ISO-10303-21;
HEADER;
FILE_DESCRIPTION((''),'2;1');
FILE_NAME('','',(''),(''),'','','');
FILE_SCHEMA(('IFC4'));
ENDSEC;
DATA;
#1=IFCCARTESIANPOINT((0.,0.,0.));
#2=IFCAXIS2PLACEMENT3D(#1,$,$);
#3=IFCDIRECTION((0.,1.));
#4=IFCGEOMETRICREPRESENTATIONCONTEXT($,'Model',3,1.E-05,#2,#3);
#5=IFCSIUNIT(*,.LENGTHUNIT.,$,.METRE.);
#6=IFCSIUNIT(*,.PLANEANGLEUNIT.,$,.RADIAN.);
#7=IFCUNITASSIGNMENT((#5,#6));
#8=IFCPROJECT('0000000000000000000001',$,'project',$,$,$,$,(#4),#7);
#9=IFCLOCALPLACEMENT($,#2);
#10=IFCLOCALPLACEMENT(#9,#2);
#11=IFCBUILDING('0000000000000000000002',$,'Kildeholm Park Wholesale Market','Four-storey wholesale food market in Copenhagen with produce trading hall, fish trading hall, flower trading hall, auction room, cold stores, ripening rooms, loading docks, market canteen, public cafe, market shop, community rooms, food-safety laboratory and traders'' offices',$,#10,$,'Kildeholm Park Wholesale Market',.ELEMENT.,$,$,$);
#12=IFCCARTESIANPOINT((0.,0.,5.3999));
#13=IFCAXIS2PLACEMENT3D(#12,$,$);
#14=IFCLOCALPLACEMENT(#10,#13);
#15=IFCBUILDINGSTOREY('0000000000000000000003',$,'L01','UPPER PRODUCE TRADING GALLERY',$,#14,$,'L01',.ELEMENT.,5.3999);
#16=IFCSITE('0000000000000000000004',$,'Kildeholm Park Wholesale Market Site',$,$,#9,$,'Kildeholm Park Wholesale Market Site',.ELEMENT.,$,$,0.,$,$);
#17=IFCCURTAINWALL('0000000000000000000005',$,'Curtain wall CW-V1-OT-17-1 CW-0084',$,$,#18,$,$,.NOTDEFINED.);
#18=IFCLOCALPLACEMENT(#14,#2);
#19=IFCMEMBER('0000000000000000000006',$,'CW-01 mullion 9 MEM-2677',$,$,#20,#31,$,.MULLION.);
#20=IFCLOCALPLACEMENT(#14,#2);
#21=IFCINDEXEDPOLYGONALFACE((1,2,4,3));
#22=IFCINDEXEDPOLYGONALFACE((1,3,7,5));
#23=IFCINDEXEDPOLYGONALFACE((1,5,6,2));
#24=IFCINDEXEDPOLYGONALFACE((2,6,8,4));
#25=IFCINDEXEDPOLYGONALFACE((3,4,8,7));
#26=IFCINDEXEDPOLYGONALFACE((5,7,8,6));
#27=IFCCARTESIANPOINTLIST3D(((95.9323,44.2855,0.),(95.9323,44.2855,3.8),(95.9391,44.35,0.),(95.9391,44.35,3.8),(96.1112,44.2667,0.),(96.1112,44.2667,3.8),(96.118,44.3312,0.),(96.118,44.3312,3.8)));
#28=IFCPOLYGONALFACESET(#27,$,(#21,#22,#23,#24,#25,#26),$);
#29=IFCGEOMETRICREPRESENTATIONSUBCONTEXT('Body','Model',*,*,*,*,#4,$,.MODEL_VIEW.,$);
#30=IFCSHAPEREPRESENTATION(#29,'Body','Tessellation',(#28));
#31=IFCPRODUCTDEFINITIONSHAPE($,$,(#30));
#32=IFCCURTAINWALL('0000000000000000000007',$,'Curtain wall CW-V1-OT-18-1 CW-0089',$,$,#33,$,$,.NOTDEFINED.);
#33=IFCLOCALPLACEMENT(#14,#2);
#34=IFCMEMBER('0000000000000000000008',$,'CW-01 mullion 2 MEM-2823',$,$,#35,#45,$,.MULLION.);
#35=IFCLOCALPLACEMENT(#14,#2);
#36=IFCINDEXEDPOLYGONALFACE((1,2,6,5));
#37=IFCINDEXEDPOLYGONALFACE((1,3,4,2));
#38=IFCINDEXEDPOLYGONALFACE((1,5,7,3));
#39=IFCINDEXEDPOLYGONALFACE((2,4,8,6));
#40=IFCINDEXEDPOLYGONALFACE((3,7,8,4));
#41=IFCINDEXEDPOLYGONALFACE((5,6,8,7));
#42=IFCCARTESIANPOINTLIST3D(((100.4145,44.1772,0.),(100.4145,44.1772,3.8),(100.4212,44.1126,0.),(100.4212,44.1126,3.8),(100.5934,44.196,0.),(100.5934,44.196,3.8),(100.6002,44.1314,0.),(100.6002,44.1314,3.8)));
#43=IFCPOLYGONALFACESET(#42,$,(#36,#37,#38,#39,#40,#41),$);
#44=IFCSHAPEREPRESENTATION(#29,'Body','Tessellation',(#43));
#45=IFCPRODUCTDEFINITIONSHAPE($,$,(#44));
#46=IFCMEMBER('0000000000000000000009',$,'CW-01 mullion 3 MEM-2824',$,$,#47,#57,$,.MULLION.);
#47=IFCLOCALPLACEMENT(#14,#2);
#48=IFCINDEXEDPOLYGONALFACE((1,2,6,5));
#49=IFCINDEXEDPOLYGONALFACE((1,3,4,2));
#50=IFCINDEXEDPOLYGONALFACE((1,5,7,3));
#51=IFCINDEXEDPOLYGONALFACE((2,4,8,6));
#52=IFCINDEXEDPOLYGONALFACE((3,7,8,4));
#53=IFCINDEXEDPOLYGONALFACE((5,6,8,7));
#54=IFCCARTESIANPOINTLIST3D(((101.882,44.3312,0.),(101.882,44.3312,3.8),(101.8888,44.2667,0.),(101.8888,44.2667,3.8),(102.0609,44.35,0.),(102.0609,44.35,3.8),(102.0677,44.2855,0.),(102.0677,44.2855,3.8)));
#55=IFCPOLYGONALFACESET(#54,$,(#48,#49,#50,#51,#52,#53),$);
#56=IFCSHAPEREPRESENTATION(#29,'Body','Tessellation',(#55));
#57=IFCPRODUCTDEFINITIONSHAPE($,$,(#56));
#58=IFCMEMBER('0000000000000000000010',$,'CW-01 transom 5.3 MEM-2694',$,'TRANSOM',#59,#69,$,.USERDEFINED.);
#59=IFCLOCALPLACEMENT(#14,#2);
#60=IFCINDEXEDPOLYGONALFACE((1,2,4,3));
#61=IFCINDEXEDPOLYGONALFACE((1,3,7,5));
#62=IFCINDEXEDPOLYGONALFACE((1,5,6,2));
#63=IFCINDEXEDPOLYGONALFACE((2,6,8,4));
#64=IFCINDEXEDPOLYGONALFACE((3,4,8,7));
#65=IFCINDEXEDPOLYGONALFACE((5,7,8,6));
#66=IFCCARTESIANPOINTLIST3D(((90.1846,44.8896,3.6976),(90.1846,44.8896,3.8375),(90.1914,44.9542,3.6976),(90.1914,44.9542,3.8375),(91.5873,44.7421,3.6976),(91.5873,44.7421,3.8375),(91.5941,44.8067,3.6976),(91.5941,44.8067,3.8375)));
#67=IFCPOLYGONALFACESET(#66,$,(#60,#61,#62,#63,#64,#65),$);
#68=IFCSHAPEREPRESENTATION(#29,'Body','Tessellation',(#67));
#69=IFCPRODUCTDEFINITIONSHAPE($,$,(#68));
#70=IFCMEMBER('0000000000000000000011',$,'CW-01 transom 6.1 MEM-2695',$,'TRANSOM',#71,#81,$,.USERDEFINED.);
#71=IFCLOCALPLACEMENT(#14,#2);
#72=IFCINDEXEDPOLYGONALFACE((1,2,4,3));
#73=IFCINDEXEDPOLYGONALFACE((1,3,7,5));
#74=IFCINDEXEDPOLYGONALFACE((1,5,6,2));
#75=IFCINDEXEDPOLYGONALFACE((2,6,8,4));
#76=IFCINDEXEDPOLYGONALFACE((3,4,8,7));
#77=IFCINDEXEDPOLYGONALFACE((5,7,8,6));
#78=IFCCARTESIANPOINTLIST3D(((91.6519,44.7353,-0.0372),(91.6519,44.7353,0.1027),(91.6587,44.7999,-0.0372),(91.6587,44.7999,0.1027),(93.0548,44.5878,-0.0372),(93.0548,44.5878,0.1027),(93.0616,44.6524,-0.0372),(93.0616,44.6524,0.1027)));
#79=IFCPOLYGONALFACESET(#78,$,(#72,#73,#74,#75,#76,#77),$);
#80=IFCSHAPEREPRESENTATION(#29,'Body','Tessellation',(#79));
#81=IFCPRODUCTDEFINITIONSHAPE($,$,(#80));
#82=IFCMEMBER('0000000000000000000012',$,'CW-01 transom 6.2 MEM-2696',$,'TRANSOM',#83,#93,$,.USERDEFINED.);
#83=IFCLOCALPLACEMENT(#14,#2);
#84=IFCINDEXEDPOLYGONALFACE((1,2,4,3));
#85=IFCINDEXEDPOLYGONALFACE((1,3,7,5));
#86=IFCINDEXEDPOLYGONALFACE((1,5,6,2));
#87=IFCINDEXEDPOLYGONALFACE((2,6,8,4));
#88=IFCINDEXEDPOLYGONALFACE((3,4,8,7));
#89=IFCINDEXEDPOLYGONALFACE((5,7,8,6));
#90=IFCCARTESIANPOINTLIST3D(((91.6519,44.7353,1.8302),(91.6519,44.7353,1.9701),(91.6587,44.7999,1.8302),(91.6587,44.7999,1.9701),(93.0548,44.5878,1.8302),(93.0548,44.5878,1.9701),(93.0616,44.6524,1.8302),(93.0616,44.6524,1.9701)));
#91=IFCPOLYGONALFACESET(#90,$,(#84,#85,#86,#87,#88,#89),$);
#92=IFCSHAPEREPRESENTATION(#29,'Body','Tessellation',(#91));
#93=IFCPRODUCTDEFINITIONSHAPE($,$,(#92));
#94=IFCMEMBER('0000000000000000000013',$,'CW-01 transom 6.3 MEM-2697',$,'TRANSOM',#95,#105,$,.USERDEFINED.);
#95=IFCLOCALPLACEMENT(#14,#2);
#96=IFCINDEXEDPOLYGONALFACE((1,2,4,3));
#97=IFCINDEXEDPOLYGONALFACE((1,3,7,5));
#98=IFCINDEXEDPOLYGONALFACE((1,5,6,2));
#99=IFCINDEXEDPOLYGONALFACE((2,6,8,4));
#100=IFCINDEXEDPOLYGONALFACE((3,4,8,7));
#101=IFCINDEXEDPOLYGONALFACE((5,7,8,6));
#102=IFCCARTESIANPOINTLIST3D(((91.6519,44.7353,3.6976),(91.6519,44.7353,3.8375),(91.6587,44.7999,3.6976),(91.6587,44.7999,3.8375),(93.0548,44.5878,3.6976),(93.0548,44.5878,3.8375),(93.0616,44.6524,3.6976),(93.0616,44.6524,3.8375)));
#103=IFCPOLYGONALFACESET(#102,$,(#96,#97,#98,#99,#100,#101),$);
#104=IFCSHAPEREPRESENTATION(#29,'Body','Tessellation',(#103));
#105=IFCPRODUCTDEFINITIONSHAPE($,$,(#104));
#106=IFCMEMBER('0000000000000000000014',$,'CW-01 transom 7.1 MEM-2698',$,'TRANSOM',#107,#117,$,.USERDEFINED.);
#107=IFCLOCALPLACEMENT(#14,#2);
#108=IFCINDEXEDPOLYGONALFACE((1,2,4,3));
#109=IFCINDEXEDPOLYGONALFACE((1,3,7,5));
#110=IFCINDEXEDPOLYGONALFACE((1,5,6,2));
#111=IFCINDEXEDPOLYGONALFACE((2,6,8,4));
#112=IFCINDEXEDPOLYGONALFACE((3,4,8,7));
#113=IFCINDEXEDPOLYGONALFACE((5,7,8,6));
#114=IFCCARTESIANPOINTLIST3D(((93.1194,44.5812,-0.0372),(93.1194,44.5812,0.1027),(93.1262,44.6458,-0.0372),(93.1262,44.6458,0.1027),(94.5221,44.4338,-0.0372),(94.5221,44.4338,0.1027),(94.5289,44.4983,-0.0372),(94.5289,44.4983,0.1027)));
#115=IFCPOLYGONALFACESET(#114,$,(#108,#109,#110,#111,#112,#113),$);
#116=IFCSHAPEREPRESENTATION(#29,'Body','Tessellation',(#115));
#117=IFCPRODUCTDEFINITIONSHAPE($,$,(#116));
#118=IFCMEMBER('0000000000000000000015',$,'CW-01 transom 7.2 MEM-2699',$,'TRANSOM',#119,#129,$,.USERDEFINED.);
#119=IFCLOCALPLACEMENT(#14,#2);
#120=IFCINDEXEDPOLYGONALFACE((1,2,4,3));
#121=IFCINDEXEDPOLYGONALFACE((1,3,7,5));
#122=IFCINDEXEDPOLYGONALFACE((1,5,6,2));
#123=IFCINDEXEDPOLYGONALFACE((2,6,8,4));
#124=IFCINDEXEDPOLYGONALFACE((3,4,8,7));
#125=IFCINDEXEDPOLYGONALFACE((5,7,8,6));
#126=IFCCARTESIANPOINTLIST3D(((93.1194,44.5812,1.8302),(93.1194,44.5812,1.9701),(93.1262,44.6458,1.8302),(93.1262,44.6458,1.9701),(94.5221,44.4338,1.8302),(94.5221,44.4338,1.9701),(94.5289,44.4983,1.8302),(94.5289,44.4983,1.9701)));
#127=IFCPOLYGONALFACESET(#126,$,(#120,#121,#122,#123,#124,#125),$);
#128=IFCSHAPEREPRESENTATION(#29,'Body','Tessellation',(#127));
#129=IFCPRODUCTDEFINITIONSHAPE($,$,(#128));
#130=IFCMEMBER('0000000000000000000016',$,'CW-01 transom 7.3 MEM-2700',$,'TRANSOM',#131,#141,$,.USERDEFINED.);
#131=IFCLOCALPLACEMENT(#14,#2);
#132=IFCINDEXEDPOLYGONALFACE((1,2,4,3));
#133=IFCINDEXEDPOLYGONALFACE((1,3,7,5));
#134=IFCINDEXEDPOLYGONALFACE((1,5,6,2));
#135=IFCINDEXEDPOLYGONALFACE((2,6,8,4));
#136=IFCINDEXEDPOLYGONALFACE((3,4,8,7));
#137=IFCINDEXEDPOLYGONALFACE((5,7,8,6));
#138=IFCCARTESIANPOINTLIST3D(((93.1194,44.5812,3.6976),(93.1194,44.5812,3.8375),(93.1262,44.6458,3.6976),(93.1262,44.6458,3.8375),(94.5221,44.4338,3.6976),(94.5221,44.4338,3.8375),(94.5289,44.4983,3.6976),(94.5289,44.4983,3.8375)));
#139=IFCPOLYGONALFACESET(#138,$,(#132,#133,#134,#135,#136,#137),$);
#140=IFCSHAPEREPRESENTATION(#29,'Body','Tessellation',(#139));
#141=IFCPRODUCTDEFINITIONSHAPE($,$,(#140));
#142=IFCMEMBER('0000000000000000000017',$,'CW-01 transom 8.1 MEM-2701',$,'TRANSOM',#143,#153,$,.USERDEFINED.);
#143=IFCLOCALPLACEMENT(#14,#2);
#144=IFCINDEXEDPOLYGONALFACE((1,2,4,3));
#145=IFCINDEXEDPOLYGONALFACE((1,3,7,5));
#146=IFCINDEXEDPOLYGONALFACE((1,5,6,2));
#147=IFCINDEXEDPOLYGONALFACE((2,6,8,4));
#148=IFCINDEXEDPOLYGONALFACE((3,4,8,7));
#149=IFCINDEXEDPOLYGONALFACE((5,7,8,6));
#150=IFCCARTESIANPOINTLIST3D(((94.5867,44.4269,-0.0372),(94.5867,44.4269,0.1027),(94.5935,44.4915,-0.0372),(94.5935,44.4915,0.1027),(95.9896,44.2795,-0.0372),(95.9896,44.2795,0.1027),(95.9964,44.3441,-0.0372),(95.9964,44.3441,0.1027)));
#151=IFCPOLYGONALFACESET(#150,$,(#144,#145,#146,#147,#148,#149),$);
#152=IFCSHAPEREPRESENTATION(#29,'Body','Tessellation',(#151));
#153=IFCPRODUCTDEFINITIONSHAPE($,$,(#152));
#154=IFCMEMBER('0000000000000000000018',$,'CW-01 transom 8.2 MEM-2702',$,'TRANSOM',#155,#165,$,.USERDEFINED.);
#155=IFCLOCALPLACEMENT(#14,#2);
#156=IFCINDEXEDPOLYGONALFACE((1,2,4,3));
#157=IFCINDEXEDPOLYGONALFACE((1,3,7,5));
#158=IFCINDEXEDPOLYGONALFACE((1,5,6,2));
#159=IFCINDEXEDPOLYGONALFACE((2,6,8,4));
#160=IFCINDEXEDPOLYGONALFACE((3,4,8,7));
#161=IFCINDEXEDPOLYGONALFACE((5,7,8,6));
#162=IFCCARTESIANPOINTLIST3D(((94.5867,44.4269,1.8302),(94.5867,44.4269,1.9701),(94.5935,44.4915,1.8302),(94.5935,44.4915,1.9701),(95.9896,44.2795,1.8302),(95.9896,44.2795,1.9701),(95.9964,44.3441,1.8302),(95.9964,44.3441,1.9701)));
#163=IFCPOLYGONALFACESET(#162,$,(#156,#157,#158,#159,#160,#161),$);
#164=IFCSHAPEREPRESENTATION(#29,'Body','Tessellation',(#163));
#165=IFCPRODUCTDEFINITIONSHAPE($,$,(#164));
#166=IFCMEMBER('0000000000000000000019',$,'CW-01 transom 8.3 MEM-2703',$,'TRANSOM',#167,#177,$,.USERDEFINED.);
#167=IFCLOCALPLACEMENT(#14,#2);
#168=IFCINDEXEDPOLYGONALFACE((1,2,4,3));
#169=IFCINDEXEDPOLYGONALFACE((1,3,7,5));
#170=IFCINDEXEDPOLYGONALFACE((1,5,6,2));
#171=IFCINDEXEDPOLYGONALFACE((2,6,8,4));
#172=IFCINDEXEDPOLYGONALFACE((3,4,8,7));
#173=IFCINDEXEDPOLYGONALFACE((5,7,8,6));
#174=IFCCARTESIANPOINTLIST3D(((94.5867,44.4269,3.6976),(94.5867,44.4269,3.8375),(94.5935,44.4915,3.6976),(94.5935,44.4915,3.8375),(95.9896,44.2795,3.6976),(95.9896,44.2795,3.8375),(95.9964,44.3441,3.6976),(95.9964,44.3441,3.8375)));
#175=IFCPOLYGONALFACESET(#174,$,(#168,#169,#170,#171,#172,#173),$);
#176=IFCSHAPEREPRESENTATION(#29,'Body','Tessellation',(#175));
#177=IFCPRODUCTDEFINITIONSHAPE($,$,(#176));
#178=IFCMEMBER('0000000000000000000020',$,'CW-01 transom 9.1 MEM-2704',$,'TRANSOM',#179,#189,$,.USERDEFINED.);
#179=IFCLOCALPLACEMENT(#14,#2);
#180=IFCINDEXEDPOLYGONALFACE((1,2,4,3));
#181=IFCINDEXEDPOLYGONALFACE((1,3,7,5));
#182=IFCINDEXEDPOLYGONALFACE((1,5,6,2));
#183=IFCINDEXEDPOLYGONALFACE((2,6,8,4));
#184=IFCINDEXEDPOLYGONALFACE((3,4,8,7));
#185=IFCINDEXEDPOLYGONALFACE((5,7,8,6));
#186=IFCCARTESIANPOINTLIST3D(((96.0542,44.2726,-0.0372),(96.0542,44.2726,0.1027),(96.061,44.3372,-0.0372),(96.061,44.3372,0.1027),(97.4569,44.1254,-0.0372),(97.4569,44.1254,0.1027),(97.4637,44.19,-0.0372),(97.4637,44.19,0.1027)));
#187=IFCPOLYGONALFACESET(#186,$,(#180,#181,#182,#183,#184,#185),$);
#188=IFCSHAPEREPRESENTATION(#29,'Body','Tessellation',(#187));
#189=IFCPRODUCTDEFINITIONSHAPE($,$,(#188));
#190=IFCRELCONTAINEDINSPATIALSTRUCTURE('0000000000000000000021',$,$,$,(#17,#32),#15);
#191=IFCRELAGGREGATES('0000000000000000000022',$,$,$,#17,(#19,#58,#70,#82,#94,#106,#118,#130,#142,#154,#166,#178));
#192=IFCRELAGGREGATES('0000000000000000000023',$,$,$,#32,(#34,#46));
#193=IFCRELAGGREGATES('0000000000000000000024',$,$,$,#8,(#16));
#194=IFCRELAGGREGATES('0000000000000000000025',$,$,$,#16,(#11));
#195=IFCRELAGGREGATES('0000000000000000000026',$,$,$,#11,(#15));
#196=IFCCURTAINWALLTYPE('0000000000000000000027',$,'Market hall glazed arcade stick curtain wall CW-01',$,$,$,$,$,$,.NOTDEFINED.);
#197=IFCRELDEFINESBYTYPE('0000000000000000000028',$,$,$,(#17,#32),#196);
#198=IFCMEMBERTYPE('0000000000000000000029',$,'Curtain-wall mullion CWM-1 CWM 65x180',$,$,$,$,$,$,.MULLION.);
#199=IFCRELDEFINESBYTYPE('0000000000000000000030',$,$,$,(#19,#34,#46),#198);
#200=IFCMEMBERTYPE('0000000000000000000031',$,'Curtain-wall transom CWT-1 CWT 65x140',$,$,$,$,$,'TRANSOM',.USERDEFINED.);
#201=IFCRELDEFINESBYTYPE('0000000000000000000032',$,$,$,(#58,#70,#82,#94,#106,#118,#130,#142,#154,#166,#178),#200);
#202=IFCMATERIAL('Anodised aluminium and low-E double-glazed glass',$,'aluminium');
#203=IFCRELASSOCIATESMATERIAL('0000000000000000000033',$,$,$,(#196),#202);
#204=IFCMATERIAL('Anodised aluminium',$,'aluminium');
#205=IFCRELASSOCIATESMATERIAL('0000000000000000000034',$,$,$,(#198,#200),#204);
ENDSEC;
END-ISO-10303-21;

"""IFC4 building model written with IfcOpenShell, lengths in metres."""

from ifc_helpers import new_model, si_unit, direction, frame, origin, origin_2d, place, context, subcontext, project, spatial, rectangle, extrude, material, material_profile, profile_set, type_object, element, aggregate, save


model = new_model("IFC4")

# Units and contexts
model_context = context("Model", 3, precision=1e-05, world=origin(), true_north=direction((0.0, 1.0)))
body_context = subcontext(model_context, "Body", "Model", "MODEL_VIEW")
ifc_project = project(units=[si_unit("LENGTHUNIT", "METRE"), si_unit("PLANEANGLEUNIT", "RADIAN")], contexts=[model_context])

# Site, building, storey
site_placement = place(None, origin())
site = spatial("IfcSite", under=ifc_project, at=site_placement, Name="Kildeholm Park Wholesale Market Site", LongName="Kildeholm Park Wholesale Market Site", CompositionType="ELEMENT", RefElevation=0.0)
building_placement = place(site_placement, origin())
building = spatial("IfcBuilding", under=site, at=building_placement, Name="Kildeholm Park Wholesale Market", Description="Four-storey wholesale food market in Copenhagen with produce trading hall, fish trading hall, flower trading hall, auction room, cold stores, ripening rooms, loading docks, market canteen, public cafe, market shop, community rooms, food-safety laboratory and traders' offices", LongName="Kildeholm Park Wholesale Market", CompositionType="ELEMENT")
storey_placement = place(building_placement, frame((0.0, 0.0, 5.3999)))
storey = spatial("IfcBuildingStorey", under=building, at=storey_placement, Name="L01", Description="UPPER PRODUCE TRADING GALLERY", LongName="L01", CompositionType="ELEMENT", Elevation=5.3999)

# Curtain walls, members
ifc_material_1 = material(Name="Anodised aluminium and low-E double-glazed glass", Category="aluminium")
curtain_wall_type = type_object("IfcCurtainWallType", Name="Market hall glazed arcade stick curtain wall CW-01", PredefinedType="NOTDEFINED", material=ifc_material_1)
curtain_wall_1_placement = place(storey_placement, origin())
curtain_wall_1 = element("IfcCurtainWall", 1, at=curtain_wall_1_placement, inside=storey, type_object=curtain_wall_type, Name="Curtain wall CW-V1-OT-17-1 CW-0084", PredefinedType="NOTDEFINED")
ifc_material_2 = material(Name="Anodised aluminium", Category="aluminium")
ifc_material_profile_1 = material_profile(ifc_material_2, rectangle(XDim=0.0649, YDim=0.1799, at=origin_2d()), Name="CWM 65x180")
ifc_profile_set_1 = profile_set([ifc_material_profile_1], Name="Anodised aluminium")
member_type_1 = type_object("IfcMemberType", Name="Curtain-wall mullion CWM-1 CWM 65x180", PredefinedType="MULLION", material=ifc_profile_set_1)
member_1_placement = place(storey_placement, frame((96.0251, 44.3083, 0.0), z_axis=(0.0, 0.0, 1.0), x_axis=(0.104508, 0.994524, 0.0)))
member_1 = element("IfcMember", 2, at=member_1_placement, type_object=member_type_1, Name="CW-01 mullion 9 MEM-2677", PredefinedType="MULLION", context=body_context, shape_type="SweptSolid", body=[
    extrude(rectangle(XDim=0.0649, YDim=0.1799, at=origin_2d()), origin(), (0.0, 0.0, 1.0), 3.8),
])
curtain_wall_2_placement = place(storey_placement, origin())
curtain_wall_2 = element("IfcCurtainWall", 3, at=curtain_wall_2_placement, inside=storey, type_object=curtain_wall_type, Name="Curtain wall CW-V1-OT-18-1 CW-0089", PredefinedType="NOTDEFINED")
member_2_placement = place(storey_placement, frame((100.5073, 44.1543, 0.0), z_axis=(0.0, 0.0, 1.0), x_axis=(-0.104508, 0.994524, 0.0)))
member_2 = element("IfcMember", 4, at=member_2_placement, type_object=member_type_1, Name="CW-01 mullion 2 MEM-2823", PredefinedType="MULLION", context=body_context, shape_type="SweptSolid", body=[
    extrude(rectangle(XDim=0.0649, YDim=0.1799, at=origin_2d()), origin(), (0.0, 0.0, 1.0), 3.8),
])
member_3_placement = place(storey_placement, frame((101.9749, 44.3083, 0.0), z_axis=(0.0, 0.0, 1.0), x_axis=(-0.104508, 0.994524, 0.0)))
member_3 = element("IfcMember", 5, at=member_3_placement, type_object=member_type_1, Name="CW-01 mullion 3 MEM-2824", PredefinedType="MULLION", context=body_context, shape_type="SweptSolid", body=[
    extrude(rectangle(XDim=0.0649, YDim=0.1799, at=origin_2d()), origin(), (0.0, 0.0, 1.0), 3.8),
])

# Members
ifc_material_profile_2 = material_profile(ifc_material_2, rectangle(XDim=0.0649, YDim=0.1399, at=origin_2d()), Name="CWT 65x140")
ifc_profile_set_2 = profile_set([ifc_material_profile_2], Name="Anodised aluminium")
member_type_2 = type_object("IfcMemberType", Name="Curtain-wall transom CWT-1 CWT 65x140", ElementType="TRANSOM", PredefinedType="USERDEFINED", material=ifc_profile_set_2)
member_4_placement = place(storey_placement, frame((90.188, 44.9219, 3.7676), z_axis=(0.994519, -0.104559, 0.0), x_axis=(0.104559, 0.994519, 0.0)))
member_4 = element("IfcMember", 6, at=member_4_placement, type_object=member_type_2, Name="CW-01 transom 5.3 MEM-2694", ObjectType="TRANSOM", PredefinedType="USERDEFINED", context=body_context, shape_type="SweptSolid", body=[
    extrude(rectangle(XDim=0.0649, YDim=0.1399, at=origin_2d()), origin(), (0.0, 0.0, 1.0), 1.4104),
])
member_5_placement = place(storey_placement, frame((91.6553, 44.7676, 0.0327), z_axis=(0.994521, -0.104541, 0.0), x_axis=(0.104541, 0.994521, 0.0)))
member_5 = element("IfcMember", 7, at=member_5_placement, type_object=member_type_2, Name="CW-01 transom 6.1 MEM-2695", ObjectType="TRANSOM", PredefinedType="USERDEFINED", context=body_context, shape_type="SweptSolid", body=[
    extrude(rectangle(XDim=0.0649, YDim=0.1399, at=origin_2d()), origin(), (0.0, 0.0, 1.0), 1.4106),
])
member_6_placement = place(storey_placement, frame((91.6553, 44.7676, 1.9001), z_axis=(0.994521, -0.104541, 0.0), x_axis=(0.104541, 0.994521, 0.0)))
member_6 = element("IfcMember", 8, at=member_6_placement, type_object=member_type_2, Name="CW-01 transom 6.2 MEM-2696", ObjectType="TRANSOM", PredefinedType="USERDEFINED", context=body_context, shape_type="SweptSolid", body=[
    extrude(rectangle(XDim=0.0649, YDim=0.1399, at=origin_2d()), origin(), (0.0, 0.0, 1.0), 1.4106),
])
member_7_placement = place(storey_placement, frame((91.6553, 44.7676, 3.7676), z_axis=(0.994521, -0.104541, 0.0), x_axis=(0.104541, 0.994521, 0.0)))
member_7 = element("IfcMember", 9, at=member_7_placement, type_object=member_type_2, Name="CW-01 transom 6.3 MEM-2697", ObjectType="TRANSOM", PredefinedType="USERDEFINED", context=body_context, shape_type="SweptSolid", body=[
    extrude(rectangle(XDim=0.0649, YDim=0.1399, at=origin_2d()), origin(), (0.0, 0.0, 1.0), 1.4106),
])
member_8_placement = place(storey_placement, frame((93.1228, 44.6135, 0.0327), z_axis=(0.994519, -0.104559, 0.0), x_axis=(0.104559, 0.994519, 0.0)))
member_8 = element("IfcMember", 10, at=member_8_placement, type_object=member_type_2, Name="CW-01 transom 7.1 MEM-2698", ObjectType="TRANSOM", PredefinedType="USERDEFINED", context=body_context, shape_type="SweptSolid", body=[
    extrude(rectangle(XDim=0.0649, YDim=0.1399, at=origin_2d()), origin(), (0.0, 0.0, 1.0), 1.4104),
])
member_9_placement = place(storey_placement, frame((93.1228, 44.6135, 1.9001), z_axis=(0.994519, -0.104559, 0.0), x_axis=(0.104559, 0.994519, 0.0)))
member_9 = element("IfcMember", 11, at=member_9_placement, type_object=member_type_2, Name="CW-01 transom 7.2 MEM-2699", ObjectType="TRANSOM", PredefinedType="USERDEFINED", context=body_context, shape_type="SweptSolid", body=[
    extrude(rectangle(XDim=0.0649, YDim=0.1399, at=origin_2d()), origin(), (0.0, 0.0, 1.0), 1.4104),
])
member_10_placement = place(storey_placement, frame((93.1228, 44.6135, 3.7676), z_axis=(0.994519, -0.104559, 0.0), x_axis=(0.104559, 0.994519, 0.0)))
member_10 = element("IfcMember", 12, at=member_10_placement, type_object=member_type_2, Name="CW-01 transom 7.3 MEM-2700", ObjectType="TRANSOM", PredefinedType="USERDEFINED", context=body_context, shape_type="SweptSolid", body=[
    extrude(rectangle(XDim=0.0649, YDim=0.1399, at=origin_2d()), origin(), (0.0, 0.0, 1.0), 1.4104),
])
member_11_placement = place(storey_placement, frame((94.5901, 44.4592, 0.0327), z_axis=(0.994521, -0.104541, 0.0), x_axis=(0.104541, 0.994521, 0.0)))
member_11 = element("IfcMember", 13, at=member_11_placement, type_object=member_type_2, Name="CW-01 transom 8.1 MEM-2701", ObjectType="TRANSOM", PredefinedType="USERDEFINED", context=body_context, shape_type="SweptSolid", body=[
    extrude(rectangle(XDim=0.0649, YDim=0.1399, at=origin_2d()), origin(), (0.0, 0.0, 1.0), 1.4106),
])
member_12_placement = place(storey_placement, frame((94.5901, 44.4592, 1.9001), z_axis=(0.994521, -0.104541, 0.0), x_axis=(0.104541, 0.994521, 0.0)))
member_12 = element("IfcMember", 14, at=member_12_placement, type_object=member_type_2, Name="CW-01 transom 8.2 MEM-2702", ObjectType="TRANSOM", PredefinedType="USERDEFINED", context=body_context, shape_type="SweptSolid", body=[
    extrude(rectangle(XDim=0.0649, YDim=0.1399, at=origin_2d()), origin(), (0.0, 0.0, 1.0), 1.4106),
])
member_13_placement = place(storey_placement, frame((94.5901, 44.4592, 3.7676), z_axis=(0.994521, -0.104541, 0.0), x_axis=(0.104541, 0.994521, 0.0)))
member_13 = element("IfcMember", 15, at=member_13_placement, type_object=member_type_2, Name="CW-01 transom 8.3 MEM-2703", ObjectType="TRANSOM", PredefinedType="USERDEFINED", context=body_context, shape_type="SweptSolid", body=[
    extrude(rectangle(XDim=0.0649, YDim=0.1399, at=origin_2d()), origin(), (0.0, 0.0, 1.0), 1.4106),
])
member_14_placement = place(storey_placement, frame((96.0576, 44.3049, 0.0327), z_axis=(0.994537, -0.104387, 0.0), x_axis=(0.104387, 0.994537, 0.0)))
member_14 = element("IfcMember", 16, at=member_14_placement, type_object=member_type_2, Name="CW-01 transom 9.1 MEM-2704", ObjectType="TRANSOM", PredefinedType="USERDEFINED", context=body_context, shape_type="SweptSolid", body=[
    extrude(rectangle(XDim=0.0649, YDim=0.1399, at=origin_2d()), origin(), (0.0, 0.0, 1.0), 1.4104),
])

aggregate(curtain_wall_1, [member_1, member_4, member_5, member_6, member_7, member_8, member_9, member_10, member_11, member_12, member_13, member_14])
aggregate(curtain_wall_2, [member_2, member_3])

save(model, "model.ifc")
